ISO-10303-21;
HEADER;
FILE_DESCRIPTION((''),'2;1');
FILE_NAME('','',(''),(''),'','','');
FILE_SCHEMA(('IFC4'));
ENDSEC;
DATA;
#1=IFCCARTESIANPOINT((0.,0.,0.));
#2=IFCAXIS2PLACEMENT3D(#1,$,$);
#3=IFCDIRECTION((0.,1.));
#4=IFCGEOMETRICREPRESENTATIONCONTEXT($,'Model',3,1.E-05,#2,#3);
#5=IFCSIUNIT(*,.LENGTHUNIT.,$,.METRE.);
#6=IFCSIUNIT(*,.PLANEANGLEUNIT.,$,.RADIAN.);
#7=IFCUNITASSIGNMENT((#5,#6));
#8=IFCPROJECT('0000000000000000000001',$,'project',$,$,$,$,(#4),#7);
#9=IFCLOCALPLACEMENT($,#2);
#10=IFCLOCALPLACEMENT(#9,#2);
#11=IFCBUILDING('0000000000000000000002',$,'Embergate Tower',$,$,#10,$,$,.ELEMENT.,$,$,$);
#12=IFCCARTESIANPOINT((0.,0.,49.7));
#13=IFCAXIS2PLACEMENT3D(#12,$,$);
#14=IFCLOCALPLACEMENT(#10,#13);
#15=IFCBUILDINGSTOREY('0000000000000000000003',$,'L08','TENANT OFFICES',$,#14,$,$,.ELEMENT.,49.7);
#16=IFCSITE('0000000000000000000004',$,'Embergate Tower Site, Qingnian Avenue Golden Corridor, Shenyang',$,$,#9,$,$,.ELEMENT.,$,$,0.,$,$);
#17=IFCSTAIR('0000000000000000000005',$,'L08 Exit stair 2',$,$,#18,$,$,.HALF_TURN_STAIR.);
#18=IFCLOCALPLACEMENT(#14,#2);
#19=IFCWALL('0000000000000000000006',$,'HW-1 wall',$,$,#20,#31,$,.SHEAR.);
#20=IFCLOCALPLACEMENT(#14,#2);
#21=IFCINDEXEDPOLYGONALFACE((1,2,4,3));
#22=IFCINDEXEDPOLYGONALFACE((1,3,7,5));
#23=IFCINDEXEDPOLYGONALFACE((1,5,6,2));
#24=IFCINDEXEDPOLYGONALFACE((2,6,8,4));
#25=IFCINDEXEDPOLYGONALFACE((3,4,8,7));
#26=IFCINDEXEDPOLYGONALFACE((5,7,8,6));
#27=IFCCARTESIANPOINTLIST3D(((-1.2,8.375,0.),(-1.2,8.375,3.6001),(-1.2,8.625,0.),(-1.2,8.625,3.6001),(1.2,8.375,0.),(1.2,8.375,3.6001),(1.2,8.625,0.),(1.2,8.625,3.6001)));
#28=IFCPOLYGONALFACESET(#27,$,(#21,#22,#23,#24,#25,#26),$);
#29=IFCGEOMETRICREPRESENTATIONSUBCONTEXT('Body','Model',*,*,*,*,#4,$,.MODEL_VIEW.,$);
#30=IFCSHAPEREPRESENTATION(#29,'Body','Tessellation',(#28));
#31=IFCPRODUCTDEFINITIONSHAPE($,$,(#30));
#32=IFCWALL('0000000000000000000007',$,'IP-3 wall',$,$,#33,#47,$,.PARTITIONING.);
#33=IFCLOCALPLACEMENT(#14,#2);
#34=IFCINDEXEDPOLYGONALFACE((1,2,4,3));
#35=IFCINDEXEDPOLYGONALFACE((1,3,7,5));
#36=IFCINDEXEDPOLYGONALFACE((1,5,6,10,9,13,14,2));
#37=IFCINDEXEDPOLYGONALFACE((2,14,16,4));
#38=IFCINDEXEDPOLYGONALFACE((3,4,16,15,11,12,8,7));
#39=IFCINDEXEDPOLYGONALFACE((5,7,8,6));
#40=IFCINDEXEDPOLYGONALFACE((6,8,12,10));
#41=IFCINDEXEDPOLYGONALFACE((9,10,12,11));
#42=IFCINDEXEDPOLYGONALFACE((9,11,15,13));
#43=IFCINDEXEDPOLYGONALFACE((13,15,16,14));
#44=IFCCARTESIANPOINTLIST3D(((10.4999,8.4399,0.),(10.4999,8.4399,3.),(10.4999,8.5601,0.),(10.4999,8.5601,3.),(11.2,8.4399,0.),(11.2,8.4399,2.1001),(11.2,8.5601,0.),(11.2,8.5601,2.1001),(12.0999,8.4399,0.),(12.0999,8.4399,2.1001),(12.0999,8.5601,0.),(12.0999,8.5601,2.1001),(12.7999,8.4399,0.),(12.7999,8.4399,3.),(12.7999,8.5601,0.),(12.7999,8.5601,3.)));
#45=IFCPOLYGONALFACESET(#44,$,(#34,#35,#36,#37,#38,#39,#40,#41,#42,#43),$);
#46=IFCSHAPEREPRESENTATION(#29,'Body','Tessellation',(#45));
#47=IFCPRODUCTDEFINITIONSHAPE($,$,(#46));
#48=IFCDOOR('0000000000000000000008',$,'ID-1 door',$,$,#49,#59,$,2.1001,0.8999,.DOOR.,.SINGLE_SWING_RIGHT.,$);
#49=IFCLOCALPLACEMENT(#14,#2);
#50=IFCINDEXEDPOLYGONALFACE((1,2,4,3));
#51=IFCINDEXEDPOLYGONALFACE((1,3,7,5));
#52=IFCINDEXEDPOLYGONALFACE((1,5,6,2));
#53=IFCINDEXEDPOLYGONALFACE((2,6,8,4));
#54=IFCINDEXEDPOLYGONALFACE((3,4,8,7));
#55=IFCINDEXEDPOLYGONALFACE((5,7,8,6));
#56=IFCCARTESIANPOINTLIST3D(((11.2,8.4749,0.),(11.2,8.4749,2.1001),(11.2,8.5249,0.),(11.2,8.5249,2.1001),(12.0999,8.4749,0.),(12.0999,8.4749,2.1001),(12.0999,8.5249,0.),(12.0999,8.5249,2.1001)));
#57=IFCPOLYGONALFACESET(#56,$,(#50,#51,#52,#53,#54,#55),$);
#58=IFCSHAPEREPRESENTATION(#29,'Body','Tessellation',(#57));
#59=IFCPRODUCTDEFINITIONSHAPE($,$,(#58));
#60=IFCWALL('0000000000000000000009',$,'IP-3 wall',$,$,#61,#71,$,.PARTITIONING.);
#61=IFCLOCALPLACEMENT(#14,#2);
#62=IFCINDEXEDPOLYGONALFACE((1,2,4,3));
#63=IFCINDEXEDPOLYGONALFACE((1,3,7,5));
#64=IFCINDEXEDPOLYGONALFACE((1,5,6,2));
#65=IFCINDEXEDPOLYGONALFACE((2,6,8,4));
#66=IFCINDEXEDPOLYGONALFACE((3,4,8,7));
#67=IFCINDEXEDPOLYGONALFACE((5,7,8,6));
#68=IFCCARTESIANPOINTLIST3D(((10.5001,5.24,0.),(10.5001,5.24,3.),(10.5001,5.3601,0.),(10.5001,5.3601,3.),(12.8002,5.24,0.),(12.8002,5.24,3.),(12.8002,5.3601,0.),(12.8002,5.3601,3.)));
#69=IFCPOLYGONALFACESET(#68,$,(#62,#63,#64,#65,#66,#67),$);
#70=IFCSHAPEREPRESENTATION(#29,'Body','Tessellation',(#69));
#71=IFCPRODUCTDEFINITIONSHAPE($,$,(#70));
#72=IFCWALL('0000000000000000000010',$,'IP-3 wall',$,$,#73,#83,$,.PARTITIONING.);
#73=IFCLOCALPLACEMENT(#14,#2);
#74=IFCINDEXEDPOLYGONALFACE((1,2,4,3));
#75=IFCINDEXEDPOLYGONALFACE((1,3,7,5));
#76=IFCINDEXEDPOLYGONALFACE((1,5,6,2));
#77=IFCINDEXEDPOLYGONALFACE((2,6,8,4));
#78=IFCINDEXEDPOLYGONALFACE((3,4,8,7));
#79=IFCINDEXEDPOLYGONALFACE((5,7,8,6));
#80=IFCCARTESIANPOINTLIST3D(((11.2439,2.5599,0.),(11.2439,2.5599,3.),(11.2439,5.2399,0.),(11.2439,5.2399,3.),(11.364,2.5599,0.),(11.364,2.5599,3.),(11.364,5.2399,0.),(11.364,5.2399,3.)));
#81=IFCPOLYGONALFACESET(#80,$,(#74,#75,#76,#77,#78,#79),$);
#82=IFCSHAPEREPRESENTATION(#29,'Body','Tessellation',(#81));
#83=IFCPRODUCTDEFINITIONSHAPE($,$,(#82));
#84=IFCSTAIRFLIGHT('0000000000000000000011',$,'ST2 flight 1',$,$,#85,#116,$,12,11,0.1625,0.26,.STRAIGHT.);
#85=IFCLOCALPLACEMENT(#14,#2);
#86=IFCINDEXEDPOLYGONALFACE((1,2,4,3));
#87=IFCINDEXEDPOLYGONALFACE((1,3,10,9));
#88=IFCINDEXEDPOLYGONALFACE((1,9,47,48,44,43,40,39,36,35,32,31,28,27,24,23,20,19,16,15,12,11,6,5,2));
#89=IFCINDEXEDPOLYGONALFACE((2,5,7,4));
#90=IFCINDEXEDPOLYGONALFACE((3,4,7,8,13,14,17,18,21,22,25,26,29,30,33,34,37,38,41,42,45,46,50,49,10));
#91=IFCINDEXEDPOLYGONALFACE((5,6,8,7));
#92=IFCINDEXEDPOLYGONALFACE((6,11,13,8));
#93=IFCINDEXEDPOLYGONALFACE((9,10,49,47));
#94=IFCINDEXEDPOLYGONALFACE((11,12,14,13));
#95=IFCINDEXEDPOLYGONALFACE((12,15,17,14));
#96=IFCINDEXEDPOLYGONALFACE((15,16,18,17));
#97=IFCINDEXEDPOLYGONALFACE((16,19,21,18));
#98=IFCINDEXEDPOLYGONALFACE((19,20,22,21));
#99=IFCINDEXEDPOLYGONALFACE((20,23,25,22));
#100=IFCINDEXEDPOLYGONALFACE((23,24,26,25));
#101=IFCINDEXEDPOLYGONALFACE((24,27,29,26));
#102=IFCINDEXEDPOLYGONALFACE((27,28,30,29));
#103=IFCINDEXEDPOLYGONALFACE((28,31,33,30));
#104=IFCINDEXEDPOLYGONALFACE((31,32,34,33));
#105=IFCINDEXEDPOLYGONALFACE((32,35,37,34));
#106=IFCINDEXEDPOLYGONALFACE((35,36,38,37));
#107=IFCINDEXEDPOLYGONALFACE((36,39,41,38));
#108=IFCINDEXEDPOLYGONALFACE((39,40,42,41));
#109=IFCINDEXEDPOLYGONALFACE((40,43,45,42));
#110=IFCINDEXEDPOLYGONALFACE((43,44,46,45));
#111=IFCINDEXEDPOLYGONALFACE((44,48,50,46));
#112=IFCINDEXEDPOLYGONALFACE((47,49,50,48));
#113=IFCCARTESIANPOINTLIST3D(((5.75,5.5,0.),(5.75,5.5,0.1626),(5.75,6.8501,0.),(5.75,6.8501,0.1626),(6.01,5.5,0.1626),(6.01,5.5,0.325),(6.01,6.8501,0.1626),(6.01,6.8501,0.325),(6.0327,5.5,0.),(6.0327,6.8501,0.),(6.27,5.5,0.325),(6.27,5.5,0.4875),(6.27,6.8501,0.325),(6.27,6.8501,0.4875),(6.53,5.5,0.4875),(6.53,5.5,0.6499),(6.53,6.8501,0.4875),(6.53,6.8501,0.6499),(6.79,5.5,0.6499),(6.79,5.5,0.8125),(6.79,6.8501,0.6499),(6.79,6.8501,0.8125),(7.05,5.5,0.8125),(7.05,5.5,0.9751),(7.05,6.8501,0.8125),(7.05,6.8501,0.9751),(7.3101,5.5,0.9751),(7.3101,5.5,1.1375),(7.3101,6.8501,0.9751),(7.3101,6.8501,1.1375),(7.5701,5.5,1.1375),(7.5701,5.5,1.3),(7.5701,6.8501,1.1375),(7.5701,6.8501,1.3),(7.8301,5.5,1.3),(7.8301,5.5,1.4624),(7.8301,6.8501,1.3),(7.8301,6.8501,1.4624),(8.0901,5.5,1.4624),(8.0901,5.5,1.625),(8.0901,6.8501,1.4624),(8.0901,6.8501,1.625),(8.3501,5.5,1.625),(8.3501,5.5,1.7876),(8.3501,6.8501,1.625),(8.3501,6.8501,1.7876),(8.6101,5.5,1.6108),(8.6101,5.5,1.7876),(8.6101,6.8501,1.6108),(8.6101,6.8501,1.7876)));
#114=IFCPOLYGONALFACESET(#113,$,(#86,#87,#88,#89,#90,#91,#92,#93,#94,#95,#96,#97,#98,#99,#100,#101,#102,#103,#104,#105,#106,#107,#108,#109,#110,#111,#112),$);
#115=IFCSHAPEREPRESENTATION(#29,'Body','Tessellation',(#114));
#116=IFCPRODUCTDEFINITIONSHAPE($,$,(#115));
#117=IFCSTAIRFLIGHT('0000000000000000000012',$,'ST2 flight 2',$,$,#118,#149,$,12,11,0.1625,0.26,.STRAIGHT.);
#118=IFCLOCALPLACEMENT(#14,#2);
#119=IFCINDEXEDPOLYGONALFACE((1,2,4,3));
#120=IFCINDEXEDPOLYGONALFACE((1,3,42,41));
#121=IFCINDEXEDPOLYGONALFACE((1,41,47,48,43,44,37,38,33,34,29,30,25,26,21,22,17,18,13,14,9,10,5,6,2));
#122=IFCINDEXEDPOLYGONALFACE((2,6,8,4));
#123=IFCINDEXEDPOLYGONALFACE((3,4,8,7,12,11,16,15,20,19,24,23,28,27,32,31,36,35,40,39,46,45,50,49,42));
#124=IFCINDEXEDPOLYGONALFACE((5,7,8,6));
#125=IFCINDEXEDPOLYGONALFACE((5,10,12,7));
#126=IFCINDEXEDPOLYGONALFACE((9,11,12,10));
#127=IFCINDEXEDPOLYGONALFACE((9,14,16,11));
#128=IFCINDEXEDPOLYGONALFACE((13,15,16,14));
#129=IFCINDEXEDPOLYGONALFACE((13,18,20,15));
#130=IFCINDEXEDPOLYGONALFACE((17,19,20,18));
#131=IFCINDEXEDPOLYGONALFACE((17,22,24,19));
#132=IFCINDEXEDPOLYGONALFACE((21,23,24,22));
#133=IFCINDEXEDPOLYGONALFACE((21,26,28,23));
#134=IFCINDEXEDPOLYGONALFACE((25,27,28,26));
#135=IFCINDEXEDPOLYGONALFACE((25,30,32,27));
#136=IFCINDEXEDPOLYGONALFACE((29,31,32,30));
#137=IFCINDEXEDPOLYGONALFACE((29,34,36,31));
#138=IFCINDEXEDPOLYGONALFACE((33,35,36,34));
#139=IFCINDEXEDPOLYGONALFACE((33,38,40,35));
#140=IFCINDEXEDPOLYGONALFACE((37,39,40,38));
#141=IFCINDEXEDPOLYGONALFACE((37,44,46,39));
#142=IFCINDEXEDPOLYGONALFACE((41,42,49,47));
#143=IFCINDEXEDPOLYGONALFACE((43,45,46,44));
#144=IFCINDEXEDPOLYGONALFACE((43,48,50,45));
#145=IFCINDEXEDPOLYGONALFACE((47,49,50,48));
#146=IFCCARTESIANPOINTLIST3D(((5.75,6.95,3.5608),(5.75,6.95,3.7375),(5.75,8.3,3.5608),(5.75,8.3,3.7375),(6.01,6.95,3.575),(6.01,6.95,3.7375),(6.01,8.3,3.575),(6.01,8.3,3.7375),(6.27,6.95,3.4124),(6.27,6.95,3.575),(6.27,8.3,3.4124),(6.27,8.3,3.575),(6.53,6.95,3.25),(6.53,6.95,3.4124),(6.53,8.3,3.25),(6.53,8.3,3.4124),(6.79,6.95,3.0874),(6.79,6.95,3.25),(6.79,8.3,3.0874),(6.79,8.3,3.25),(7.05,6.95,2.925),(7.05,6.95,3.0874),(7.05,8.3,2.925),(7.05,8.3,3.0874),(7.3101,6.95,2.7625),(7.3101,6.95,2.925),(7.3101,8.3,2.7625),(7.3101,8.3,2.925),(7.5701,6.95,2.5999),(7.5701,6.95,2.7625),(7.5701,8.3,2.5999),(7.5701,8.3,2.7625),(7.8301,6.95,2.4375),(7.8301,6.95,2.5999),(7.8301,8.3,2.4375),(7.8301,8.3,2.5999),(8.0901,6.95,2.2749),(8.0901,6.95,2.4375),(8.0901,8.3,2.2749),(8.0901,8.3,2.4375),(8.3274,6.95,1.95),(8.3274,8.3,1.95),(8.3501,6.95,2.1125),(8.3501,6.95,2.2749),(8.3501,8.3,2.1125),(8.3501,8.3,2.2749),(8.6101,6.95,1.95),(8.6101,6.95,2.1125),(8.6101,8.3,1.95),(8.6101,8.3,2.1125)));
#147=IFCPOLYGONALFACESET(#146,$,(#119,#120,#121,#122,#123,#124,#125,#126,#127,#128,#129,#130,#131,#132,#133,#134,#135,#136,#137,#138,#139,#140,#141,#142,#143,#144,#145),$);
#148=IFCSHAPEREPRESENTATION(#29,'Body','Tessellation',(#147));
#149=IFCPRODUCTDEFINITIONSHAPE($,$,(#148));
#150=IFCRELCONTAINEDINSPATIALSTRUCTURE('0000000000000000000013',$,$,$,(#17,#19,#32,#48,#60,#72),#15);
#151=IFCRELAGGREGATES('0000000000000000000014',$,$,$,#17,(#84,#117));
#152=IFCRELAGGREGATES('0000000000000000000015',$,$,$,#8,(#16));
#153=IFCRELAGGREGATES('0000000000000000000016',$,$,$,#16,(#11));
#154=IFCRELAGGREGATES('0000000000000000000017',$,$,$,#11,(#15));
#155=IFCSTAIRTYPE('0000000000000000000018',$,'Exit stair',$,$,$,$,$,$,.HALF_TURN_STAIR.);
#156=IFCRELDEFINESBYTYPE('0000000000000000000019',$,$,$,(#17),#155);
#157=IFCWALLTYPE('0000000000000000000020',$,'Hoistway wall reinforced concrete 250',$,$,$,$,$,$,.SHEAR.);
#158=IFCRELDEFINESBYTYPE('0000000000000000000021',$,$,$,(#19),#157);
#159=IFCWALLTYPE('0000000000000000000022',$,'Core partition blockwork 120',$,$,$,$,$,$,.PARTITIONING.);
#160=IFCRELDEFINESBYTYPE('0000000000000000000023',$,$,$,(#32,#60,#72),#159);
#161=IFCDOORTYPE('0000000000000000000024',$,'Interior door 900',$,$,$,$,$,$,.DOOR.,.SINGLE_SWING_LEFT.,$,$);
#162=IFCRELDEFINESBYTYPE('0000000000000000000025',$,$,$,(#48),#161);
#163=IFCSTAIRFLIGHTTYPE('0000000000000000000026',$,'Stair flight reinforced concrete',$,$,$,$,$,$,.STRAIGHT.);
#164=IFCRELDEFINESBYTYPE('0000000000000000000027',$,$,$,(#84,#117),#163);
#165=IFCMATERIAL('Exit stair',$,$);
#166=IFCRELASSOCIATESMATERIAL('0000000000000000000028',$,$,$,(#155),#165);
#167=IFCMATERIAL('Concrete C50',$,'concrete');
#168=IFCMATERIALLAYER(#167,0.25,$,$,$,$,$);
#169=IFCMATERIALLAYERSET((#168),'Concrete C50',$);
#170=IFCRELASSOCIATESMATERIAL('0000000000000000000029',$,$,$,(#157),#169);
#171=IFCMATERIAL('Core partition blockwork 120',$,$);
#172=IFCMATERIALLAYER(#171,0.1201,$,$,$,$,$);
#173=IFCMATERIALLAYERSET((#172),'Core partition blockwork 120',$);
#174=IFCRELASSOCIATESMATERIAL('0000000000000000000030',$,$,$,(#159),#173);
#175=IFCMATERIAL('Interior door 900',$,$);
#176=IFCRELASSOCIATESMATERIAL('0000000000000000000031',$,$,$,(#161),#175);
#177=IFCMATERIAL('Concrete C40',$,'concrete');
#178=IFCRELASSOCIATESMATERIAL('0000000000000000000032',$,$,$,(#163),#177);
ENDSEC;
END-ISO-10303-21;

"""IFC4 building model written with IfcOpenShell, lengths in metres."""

from ifc_helpers import new_model, si_unit, direction, frame, frame_2d, origin, place, context, subcontext, project, spatial, polyline, rectangle, outline, extrude, source, transform, mapped, material, layer, layer_set, type_object, element, fill, aggregate, save


model = new_model("IFC4")

# Units and contexts
model_context = context("Model", 3, precision=1e-05, world=origin(), true_north=direction((0.0, 1.0)))
body_context = subcontext(model_context, "Body", "Model", "MODEL_VIEW")
ifc_project = project(units=[si_unit("LENGTHUNIT", "METRE"), si_unit("PLANEANGLEUNIT", "RADIAN")], contexts=[model_context])

# Site, building, storey
site_placement = place(None, origin())
site = spatial("IfcSite", under=ifc_project, at=site_placement, Name="Embergate Tower Site, Qingnian Avenue Golden Corridor, Shenyang", CompositionType="ELEMENT", RefElevation=0.0)
building_placement = place(site_placement, origin())
building = spatial("IfcBuilding", under=site, at=building_placement, Name="Embergate Tower", CompositionType="ELEMENT")
storey_placement = place(building_placement, frame((0.0, 0.0, 49.7)))
storey = spatial("IfcBuildingStorey", under=building, at=storey_placement, Name="L08", Description="TENANT OFFICES", CompositionType="ELEMENT", Elevation=49.7)

# Stair
ifc_material_1 = material(Name="Exit stair")
stair_type = type_object("IfcStairType", Name="Exit stair", PredefinedType="HALF_TURN_STAIR", material=ifc_material_1)
stair_placement = place(storey_placement, origin())
stair = element("IfcStair", 1, at=stair_placement, inside=storey, type_object=stair_type, Name="L08 Exit stair 2", PredefinedType="HALF_TURN_STAIR")
ifc_material_2 = material(Name="Concrete C40", Category="concrete")

# Shared definitions
ifc_material_3 = material(Name="Concrete C50", Category="concrete")
ifc_layer_1 = layer(ifc_material_3, 0.25)
ifc_layer_set_1 = layer_set([ifc_layer_1], Name="Concrete C50")
wall_type_1 = type_object("IfcWallType", Name="Hoistway wall reinforced concrete 250", PredefinedType="SHEAR", material=ifc_layer_set_1)

# Shared definitions
ifc_material_4 = material(Name="Core partition blockwork 120")
ifc_layer_2 = layer(ifc_material_4, 0.1201)
ifc_layer_set_2 = layer_set([ifc_layer_2], Name="Core partition blockwork 120")
wall_type_2 = type_object("IfcWallType", Name="Core partition blockwork 120", PredefinedType="PARTITIONING", material=ifc_layer_set_2)
shared_shape_1 = source(origin(), body_context, "Body", "SweptSolid", [
    extrude(rectangle(XDim=0.8999, YDim=2.1001, at=frame_2d((0.45, 1.05))), frame((0.0, 0.0701, 0.0), z_axis=(0.0, -1.0, 0.0), x_axis=(1.0, 0.0, 0.0)), (0.0, 0.0, 1.0), 0.1401),
])
ifc_material_5 = material(Name="Interior door 900")
door_type_1 = type_object("IfcDoorType", Name="Interior door 900", OperationType="SINGLE_SWING_LEFT", PredefinedType="DOOR", material=ifc_material_5)
shared_shape_2 = source(origin(), body_context, "Body", "SweptSolid", [
    extrude(rectangle(XDim=0.8999, YDim=2.1001, at=frame_2d((0.45, 1.05))), frame((0.0, 0.0249, 0.0), z_axis=(0.0, -1.0, 0.0), x_axis=(1.0, 0.0, 0.0)), (0.0, 0.0, 1.0), 0.05),
])

# Wall
shared_shape_3 = source(origin(), body_context, "Body", "SweptSolid", [
    extrude(rectangle(XDim=2.3999, YDim=0.25, at=frame_2d((1.2, 0.0))), origin(), (0.0, 0.0, 1.0), 3.6001),
])
wall_1_placement = place(storey_placement, frame((1.2, 8.5, 0.0), z_axis=(0.0, 0.0, 1.0), x_axis=(-1.0, 0.0, 0.0)))
element("IfcWall", 2, at=wall_1_placement, inside=storey, type_object=wall_type_1, Name="HW-1 wall", PredefinedType="SHEAR", context=body_context, shape_type="MappedRepresentation", body=[
    mapped(shared_shape_3, transform((0.0, 0.0, 0.0))),
])

# Wall, opening, door
shared_shape_4 = source(origin(), body_context, "Body", "SweptSolid", [
    extrude(rectangle(XDim=2.3, YDim=0.1201, at=frame_2d((1.1499, 0.0))), origin(), (0.0, 0.0, 1.0), 3.0),
])
wall_2_placement = place(storey_placement, frame((10.5, 8.5, 0.0), z_axis=(0.0, 0.0, 1.0), x_axis=(1.0, 0.0, 0.0)))
wall_2 = element("IfcWall", 3, at=wall_2_placement, inside=storey, type_object=wall_type_2, Name="IP-3 wall", PredefinedType="PARTITIONING", context=body_context, shape_type="MappedRepresentation", body=[
    mapped(shared_shape_4, transform((0.0, 0.0, 0.0))),
])
opening_1_placement = place(wall_2_placement, frame((0.7, 0.0, 0.0)))
opening_1 = element("IfcOpeningElement", 4, at=opening_1_placement, cuts=wall_2, PredefinedType="OPENING", context=body_context, shape_type="MappedRepresentation", body=[
    mapped(shared_shape_1, transform((0.0, 0.0, 0.0))),
])
door_1_placement = place(opening_1_placement, origin())
door_1 = element("IfcDoor", 5, at=door_1_placement, inside=storey, type_object=door_type_1, Name="ID-1 door", OperationType="SINGLE_SWING_RIGHT", OverallHeight=2.1001, OverallWidth=0.8999, PredefinedType="DOOR", context=body_context, shape_type="MappedRepresentation", body=[
    mapped(shared_shape_2, transform((0.0, 0.0, 0.0))),
])
fill(opening_1, door_1)

# Walls
wall_3_placement = place(storey_placement, frame((12.8, 5.3, 0.0), z_axis=(0.0, 0.0, 1.0), x_axis=(-1.0, 0.0, 0.0)))
element("IfcWall", 6, at=wall_3_placement, inside=storey, type_object=wall_type_2, Name="IP-3 wall", PredefinedType="PARTITIONING", context=body_context, shape_type="MappedRepresentation", body=[
    mapped(shared_shape_4, transform((0.0, 0.0, 0.0))),
])
shared_shape_5 = source(origin(), body_context, "Body", "SweptSolid", [
    extrude(rectangle(XDim=2.6799, YDim=0.1201, at=frame_2d((1.3398, 0.0))), origin(), (0.0, 0.0, 1.0), 3.0),
])
wall_4_placement = place(storey_placement, frame((11.304, 2.5601, 0.0), z_axis=(0.0, 0.0, 1.0), x_axis=(0.0, 1.0, 0.0)))
element("IfcWall", 7, at=wall_4_placement, inside=storey, type_object=wall_type_2, Name="IP-3 wall", PredefinedType="PARTITIONING", context=body_context, shape_type="MappedRepresentation", body=[
    mapped(shared_shape_5, transform((0.0, 0.0, 0.0))),
])

# Stair flights
stair_flight_type = type_object("IfcStairFlightType", Name="Stair flight reinforced concrete", PredefinedType="STRAIGHT", material=ifc_material_2)
shared_shape_6 = source(origin(), body_context, "Body", "SweptSolid", [
    extrude(outline(polyline([(0.0, 0.0), (0.0, 0.1626), (0.26, 0.1626), (0.26, 0.325), (0.52, 0.325), (0.52, 0.4875), (0.78, 0.4875), (0.78, 0.6499), (1.04, 0.6499), (1.04, 0.8125), (1.3, 0.8125), (1.3, 0.9751), (1.5601, 0.9751), (1.5601, 1.1375), (1.8201, 1.1375), (1.8201, 1.3), (2.0801, 1.3), (2.0801, 1.4624), (2.3401, 1.4624), (2.3401, 1.625), (2.6001, 1.625), (2.6001, 1.7876), (2.8601, 1.7876), (2.8601, 1.95), (2.8601, 1.6108), (0.2827, 0.0), (0.0, 0.0)])), frame((0.0, 0.675, 0.0), z_axis=(0.0, -1.0, 0.0), x_axis=(1.0, 0.0, 0.0)), (0.0, 0.0, 1.0), 1.3501),
])
stair_flight_1_placement = place(storey_placement, frame((5.75, 6.175, 0.0), z_axis=(0.0, 0.0, 1.0), x_axis=(1.0, 0.0, 0.0)))
stair_flight_1 = element("IfcStairFlight", 8, at=stair_flight_1_placement, type_object=stair_flight_type, Name="ST2 flight 1", NumberOfRisers=12, NumberOfTreads=11, PredefinedType="STRAIGHT", RiserHeight=0.1625, TreadLength=0.26, context=body_context, shape_type="MappedRepresentation", body=[
    mapped(shared_shape_6, transform((0.0, 0.0, 0.0))),
])
stair_flight_2_placement = place(storey_placement, frame((8.6101, 7.625, 1.95), z_axis=(0.0, 0.0, 1.0), x_axis=(-1.0, 0.0, 0.0)))
stair_flight_2 = element("IfcStairFlight", 9, at=stair_flight_2_placement, type_object=stair_flight_type, Name="ST2 flight 2", NumberOfRisers=12, NumberOfTreads=11, PredefinedType="STRAIGHT", RiserHeight=0.1625, TreadLength=0.26, context=body_context, shape_type="MappedRepresentation", body=[
    mapped(shared_shape_6, transform((0.0, 0.0, 0.0))),
])
aggregate(stair, [stair_flight_1, stair_flight_2])

save(model, "model.ifc")
